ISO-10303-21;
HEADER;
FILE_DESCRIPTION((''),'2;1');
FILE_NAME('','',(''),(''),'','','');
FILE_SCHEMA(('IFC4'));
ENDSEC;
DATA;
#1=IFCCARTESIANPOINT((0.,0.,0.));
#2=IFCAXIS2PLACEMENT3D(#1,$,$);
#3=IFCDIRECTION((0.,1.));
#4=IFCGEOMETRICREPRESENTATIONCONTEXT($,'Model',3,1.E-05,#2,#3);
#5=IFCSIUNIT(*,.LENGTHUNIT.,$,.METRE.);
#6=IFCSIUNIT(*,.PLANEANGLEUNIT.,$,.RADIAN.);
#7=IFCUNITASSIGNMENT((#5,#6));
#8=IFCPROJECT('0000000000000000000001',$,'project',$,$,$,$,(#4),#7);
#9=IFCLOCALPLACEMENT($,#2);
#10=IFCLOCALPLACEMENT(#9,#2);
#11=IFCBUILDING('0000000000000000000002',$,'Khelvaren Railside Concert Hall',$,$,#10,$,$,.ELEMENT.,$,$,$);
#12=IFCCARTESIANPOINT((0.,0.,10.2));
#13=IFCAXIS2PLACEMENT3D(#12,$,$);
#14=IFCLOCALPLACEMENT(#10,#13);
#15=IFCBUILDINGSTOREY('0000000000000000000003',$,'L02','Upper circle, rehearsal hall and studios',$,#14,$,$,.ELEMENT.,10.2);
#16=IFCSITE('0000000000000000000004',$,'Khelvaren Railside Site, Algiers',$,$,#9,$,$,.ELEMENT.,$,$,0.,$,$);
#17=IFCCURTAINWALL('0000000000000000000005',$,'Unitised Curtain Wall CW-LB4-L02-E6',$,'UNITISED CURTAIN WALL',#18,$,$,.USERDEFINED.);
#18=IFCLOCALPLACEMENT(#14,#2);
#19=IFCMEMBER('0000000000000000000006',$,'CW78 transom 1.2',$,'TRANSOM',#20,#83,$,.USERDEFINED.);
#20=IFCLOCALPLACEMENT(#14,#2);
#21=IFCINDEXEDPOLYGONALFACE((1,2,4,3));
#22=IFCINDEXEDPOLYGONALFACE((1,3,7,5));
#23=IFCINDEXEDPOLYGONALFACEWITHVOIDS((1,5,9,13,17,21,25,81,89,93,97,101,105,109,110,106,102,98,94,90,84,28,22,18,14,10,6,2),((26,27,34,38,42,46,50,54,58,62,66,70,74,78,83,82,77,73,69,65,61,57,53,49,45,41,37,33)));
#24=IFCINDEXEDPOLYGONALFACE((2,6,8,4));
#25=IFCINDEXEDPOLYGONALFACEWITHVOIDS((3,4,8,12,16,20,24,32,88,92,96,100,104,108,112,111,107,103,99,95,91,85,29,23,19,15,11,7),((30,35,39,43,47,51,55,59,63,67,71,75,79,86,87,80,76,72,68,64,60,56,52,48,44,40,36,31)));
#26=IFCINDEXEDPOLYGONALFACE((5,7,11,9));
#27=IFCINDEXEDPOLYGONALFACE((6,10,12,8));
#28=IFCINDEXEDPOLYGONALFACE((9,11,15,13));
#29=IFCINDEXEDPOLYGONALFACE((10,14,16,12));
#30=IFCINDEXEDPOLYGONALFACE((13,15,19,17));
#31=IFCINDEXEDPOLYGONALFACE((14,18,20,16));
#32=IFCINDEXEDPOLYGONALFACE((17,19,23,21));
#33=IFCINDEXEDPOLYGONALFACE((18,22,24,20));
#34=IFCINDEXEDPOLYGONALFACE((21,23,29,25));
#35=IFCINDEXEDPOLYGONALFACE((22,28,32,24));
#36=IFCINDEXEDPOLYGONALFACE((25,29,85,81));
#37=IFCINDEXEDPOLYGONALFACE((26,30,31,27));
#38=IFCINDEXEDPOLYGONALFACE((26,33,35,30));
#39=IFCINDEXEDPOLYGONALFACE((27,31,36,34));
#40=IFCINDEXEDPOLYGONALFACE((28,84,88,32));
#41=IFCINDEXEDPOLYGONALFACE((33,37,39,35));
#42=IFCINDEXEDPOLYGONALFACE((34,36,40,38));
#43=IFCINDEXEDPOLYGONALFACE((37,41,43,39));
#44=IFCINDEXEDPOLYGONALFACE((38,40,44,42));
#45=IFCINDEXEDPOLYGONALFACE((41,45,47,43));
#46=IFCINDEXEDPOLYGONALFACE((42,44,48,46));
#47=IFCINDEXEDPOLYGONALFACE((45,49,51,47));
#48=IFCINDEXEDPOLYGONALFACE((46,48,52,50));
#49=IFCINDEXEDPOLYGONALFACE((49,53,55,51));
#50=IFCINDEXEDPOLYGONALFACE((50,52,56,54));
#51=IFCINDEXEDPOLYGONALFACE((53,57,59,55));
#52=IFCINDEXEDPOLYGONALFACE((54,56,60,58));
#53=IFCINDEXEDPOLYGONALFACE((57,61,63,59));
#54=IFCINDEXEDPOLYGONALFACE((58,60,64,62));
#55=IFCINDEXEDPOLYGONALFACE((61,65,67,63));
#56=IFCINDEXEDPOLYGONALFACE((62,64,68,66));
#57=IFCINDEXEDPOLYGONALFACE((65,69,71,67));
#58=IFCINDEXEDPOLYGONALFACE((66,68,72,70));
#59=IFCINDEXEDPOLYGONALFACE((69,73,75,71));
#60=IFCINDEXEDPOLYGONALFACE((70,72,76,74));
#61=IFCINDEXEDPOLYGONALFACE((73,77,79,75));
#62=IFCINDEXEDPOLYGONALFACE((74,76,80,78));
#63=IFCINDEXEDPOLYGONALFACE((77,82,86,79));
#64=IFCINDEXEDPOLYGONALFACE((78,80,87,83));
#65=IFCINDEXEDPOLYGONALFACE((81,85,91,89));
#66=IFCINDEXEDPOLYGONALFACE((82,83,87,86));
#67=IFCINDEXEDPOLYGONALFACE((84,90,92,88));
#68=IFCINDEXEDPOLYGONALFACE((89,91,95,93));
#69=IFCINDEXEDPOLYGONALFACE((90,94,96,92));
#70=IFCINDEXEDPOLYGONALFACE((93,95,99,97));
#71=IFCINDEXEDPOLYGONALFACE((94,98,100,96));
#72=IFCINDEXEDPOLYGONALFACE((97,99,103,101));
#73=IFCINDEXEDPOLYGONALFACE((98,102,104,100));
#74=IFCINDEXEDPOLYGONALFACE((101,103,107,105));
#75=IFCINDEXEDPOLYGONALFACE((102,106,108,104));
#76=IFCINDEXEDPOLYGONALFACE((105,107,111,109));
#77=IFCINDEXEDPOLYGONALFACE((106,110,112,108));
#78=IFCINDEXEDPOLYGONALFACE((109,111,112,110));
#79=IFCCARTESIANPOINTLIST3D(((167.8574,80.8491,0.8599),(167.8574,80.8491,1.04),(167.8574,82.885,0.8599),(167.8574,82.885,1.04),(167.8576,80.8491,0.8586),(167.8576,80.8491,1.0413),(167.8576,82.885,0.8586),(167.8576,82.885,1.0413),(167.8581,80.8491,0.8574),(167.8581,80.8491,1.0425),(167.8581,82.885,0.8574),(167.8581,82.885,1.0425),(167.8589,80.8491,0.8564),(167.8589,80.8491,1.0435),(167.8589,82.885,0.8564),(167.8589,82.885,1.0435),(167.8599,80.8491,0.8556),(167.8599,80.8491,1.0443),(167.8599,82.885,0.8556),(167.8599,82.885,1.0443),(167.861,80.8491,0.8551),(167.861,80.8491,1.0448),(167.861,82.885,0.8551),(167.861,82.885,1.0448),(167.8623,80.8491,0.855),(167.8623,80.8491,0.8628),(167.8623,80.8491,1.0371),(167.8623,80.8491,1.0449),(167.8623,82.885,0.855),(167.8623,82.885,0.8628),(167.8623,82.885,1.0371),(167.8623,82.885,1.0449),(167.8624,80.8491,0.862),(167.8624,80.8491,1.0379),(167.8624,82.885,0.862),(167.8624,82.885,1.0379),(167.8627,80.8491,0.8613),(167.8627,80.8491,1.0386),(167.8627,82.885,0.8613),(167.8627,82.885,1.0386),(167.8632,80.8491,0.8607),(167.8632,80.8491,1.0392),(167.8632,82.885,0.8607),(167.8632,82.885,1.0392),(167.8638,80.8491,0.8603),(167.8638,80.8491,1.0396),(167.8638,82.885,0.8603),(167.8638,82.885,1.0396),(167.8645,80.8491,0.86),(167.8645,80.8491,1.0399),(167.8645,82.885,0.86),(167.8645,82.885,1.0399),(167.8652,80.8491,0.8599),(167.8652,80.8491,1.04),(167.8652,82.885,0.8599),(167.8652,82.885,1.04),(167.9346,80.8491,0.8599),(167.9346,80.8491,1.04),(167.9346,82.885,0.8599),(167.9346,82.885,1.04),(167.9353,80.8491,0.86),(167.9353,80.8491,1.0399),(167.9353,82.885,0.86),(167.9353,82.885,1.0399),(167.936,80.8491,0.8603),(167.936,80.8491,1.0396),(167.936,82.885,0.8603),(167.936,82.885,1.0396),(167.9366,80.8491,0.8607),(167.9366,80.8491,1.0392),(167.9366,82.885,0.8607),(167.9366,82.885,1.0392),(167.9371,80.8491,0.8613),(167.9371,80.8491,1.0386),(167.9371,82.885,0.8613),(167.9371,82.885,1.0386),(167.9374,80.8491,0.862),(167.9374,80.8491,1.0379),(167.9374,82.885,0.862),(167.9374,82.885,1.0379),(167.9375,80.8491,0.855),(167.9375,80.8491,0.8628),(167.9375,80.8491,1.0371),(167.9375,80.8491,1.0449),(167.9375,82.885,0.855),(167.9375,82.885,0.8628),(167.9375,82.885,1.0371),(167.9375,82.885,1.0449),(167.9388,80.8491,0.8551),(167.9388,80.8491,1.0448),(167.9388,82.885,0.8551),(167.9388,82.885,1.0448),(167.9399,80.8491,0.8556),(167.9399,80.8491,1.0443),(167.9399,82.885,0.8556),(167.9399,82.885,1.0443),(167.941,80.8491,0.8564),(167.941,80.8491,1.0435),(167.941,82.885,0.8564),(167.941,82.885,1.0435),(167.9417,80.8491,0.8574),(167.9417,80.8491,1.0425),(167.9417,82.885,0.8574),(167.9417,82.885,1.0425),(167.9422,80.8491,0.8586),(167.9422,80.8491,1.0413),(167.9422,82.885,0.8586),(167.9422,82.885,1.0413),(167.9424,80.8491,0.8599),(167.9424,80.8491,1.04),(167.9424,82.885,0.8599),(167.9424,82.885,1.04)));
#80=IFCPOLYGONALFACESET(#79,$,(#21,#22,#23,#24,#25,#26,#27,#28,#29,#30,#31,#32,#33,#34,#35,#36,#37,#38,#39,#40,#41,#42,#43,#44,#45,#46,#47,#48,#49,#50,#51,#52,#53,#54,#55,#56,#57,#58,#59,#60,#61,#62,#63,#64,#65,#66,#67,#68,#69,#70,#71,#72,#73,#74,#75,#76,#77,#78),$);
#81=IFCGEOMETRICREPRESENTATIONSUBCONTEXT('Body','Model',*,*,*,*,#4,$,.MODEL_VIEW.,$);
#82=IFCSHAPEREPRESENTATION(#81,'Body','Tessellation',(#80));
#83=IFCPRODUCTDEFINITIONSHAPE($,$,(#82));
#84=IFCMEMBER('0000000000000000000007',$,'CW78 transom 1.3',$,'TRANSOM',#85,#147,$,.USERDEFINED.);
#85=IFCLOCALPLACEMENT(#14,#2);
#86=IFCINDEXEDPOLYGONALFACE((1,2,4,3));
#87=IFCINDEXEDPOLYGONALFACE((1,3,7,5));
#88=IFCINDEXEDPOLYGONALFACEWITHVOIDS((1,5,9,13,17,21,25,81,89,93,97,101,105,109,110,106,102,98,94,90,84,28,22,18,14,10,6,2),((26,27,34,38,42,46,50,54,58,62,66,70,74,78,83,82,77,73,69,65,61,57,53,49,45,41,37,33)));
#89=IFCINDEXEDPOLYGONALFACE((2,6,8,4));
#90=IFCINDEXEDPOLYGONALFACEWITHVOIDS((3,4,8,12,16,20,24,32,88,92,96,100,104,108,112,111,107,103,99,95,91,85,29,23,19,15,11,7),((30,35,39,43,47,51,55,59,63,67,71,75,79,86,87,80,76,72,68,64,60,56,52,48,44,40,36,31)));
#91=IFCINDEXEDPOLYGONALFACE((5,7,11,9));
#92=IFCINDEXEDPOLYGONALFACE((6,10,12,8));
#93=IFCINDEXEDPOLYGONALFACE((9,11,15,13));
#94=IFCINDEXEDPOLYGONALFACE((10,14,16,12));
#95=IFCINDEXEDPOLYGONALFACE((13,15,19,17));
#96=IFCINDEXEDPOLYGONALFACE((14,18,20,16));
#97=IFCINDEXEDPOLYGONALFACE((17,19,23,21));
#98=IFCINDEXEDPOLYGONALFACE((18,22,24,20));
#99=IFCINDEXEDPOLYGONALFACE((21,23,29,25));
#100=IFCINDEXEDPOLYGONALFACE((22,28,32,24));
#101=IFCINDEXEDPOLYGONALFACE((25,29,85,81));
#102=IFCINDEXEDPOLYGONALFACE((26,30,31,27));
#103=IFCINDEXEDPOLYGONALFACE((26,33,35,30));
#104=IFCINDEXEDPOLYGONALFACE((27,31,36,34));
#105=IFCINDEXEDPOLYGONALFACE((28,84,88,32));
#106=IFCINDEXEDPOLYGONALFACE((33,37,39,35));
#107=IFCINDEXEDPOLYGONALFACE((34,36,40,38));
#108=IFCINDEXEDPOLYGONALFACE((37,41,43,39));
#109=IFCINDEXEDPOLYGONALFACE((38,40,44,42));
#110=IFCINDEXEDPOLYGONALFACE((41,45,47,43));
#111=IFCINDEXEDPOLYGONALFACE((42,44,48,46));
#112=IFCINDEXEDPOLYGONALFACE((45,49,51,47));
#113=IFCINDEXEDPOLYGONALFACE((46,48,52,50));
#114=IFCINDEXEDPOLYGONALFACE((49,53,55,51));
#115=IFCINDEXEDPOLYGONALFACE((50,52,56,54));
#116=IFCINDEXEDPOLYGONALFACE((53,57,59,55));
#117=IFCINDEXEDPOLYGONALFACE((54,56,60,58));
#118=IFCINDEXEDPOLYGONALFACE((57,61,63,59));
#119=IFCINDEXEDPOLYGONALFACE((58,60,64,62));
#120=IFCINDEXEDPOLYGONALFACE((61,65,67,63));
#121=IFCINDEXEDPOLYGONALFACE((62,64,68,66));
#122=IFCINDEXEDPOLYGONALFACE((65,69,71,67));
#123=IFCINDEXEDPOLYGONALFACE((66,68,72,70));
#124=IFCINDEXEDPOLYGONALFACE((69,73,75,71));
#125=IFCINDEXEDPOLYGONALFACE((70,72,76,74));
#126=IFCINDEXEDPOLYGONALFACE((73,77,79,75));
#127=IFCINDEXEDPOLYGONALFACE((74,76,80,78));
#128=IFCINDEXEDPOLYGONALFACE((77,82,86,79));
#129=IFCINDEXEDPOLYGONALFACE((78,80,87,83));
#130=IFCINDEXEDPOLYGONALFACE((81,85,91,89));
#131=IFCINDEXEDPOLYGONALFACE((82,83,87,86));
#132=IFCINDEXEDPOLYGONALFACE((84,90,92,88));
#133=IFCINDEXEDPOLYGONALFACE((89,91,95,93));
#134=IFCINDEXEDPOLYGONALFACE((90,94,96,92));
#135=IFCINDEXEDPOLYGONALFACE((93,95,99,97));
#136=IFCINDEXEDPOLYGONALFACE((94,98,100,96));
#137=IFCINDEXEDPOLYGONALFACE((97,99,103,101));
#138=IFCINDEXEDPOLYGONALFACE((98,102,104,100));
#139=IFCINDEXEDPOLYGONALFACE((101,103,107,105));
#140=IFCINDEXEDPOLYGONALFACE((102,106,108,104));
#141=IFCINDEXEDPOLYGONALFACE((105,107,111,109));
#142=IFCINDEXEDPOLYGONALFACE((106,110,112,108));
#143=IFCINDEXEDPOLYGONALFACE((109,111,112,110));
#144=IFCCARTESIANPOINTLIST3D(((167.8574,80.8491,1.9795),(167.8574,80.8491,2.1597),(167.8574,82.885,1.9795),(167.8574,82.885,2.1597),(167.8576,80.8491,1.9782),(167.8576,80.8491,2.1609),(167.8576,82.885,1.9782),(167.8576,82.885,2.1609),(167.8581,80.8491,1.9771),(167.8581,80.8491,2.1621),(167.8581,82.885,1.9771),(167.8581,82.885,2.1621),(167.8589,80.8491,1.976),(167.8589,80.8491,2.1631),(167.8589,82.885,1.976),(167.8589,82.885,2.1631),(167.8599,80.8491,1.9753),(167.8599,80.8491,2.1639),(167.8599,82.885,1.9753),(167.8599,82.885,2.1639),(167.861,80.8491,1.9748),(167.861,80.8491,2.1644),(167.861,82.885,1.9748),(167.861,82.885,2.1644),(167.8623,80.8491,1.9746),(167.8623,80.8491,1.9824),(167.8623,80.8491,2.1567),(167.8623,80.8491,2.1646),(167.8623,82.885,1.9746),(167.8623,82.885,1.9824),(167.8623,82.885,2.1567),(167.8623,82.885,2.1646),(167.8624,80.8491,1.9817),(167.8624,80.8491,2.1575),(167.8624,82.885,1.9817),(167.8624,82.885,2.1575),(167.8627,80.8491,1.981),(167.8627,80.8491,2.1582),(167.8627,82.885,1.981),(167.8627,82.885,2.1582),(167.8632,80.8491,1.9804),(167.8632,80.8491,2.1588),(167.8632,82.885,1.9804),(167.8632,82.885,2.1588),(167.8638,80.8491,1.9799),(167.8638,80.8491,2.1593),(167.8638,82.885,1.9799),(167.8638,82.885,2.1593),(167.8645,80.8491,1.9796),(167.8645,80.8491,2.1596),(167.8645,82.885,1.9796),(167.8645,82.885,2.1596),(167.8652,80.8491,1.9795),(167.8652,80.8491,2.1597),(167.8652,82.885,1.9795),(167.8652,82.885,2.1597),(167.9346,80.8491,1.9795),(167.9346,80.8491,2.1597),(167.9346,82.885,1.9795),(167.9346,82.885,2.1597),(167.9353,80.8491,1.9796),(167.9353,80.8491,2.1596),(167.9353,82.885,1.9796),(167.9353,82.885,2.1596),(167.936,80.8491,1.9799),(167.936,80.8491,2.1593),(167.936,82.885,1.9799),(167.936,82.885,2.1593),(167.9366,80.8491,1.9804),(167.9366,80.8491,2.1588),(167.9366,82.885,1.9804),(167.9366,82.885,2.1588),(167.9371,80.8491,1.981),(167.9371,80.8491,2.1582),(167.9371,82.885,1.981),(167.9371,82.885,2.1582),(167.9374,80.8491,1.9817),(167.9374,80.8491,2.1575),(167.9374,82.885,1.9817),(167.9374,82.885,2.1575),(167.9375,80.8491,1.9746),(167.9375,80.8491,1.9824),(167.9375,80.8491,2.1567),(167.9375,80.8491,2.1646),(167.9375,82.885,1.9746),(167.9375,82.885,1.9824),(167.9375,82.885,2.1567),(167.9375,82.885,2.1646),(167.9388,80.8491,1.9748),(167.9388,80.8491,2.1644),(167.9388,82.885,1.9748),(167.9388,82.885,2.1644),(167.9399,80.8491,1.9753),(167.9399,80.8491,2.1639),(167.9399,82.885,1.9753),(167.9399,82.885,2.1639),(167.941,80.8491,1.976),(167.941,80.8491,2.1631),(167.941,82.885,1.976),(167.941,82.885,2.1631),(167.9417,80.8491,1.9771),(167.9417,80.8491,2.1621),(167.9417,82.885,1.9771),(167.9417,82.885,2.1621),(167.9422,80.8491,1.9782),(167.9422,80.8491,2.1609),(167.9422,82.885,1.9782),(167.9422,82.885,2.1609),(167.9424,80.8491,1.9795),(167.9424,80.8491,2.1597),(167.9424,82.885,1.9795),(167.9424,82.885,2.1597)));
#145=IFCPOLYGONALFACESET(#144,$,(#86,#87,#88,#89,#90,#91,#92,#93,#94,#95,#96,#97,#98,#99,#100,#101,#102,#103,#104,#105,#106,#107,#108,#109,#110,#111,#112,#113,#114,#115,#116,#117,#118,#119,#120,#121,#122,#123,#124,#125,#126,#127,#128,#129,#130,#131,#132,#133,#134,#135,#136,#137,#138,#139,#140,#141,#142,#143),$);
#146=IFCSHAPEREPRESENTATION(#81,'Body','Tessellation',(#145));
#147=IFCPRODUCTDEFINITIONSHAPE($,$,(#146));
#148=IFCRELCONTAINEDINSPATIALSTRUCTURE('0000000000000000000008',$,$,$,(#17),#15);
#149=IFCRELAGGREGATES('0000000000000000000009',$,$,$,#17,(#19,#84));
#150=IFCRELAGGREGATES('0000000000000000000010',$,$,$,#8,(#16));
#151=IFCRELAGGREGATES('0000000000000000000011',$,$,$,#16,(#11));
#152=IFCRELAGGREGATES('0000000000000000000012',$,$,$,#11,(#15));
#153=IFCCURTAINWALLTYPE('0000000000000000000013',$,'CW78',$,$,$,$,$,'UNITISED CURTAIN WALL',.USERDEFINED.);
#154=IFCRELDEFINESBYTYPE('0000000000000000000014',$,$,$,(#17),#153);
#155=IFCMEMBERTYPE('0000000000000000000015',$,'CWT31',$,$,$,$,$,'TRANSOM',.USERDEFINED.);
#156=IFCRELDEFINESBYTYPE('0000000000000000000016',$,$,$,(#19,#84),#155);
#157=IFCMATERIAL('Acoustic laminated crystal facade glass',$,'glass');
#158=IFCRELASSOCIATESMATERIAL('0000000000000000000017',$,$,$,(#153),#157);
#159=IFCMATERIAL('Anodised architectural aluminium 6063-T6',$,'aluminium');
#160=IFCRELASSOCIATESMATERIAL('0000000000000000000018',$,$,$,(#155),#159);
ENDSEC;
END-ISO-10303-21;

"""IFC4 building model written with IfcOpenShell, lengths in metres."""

from ifc_helpers import new_model, si_unit, direction, frame, origin, origin_2d, place, context, subcontext, project, spatial, hollow_rectangle, extrude, material, material_profile, profile_set, type_object, element, aggregate, save


model = new_model("IFC4")

# Units and contexts
model_context = context("Model", 3, precision=1e-05, world=origin(), true_north=direction((0.0, 1.0)))
body_context = subcontext(model_context, "Body", "Model", "MODEL_VIEW")
ifc_project = project(units=[si_unit("LENGTHUNIT", "METRE"), si_unit("PLANEANGLEUNIT", "RADIAN")], contexts=[model_context])

# Site, building, storey
site_placement = place(None, origin())
site = spatial("IfcSite", under=ifc_project, at=site_placement, Name="Khelvaren Railside Site, Algiers", CompositionType="ELEMENT", RefElevation=0.0)
building_placement = place(site_placement, origin())
building = spatial("IfcBuilding", under=site, at=building_placement, Name="Khelvaren Railside Concert Hall", CompositionType="ELEMENT")
storey_placement = place(building_placement, frame((0.0, 0.0, 10.2)))
storey = spatial("IfcBuildingStorey", under=building, at=storey_placement, Name="L02", Description="Upper circle, rehearsal hall and studios", CompositionType="ELEMENT", Elevation=10.2)

# Curtain wall, members
ifc_material_1 = material(Name="Acoustic laminated crystal facade glass", Category="glass")
curtain_wall_type = type_object("IfcCurtainWallType", Name="CW78", ElementType="UNITISED CURTAIN WALL", PredefinedType="USERDEFINED", material=ifc_material_1)
curtain_wall_placement = place(storey_placement, origin())
curtain_wall = element("IfcCurtainWall", 1, at=curtain_wall_placement, inside=storey, type_object=curtain_wall_type, Name="Unitised Curtain Wall CW-LB4-L02-E6", ObjectType="UNITISED CURTAIN WALL", PredefinedType="USERDEFINED")
ifc_material_2 = material(Name="Anodised architectural aluminium 6063-T6", Category="aluminium")
ifc_material_profile_1 = material_profile(ifc_material_2, hollow_rectangle(XDim=0.085, YDim=0.1899, WallThickness=0.0049, InnerFilletRadius=0.0029, OuterFilletRadius=0.0049, at=origin_2d()), Name="CWT 85x190x5")
ifc_profile_set_1 = profile_set([ifc_material_profile_1], Name="Anodised architectural aluminium 6063-T6")
member_type_1 = type_object("IfcMemberType", Name="CWT31", ElementType="TRANSOM", PredefinedType="USERDEFINED", material=ifc_profile_set_1)
member_1_placement = place(storey_placement, frame((167.8999, 82.885, 0.95), z_axis=(0.0, -1.0, 0.0), x_axis=(1.0, 0.0, 0.0)))
member_1 = element("IfcMember", 2, at=member_1_placement, type_object=member_type_1, Name="CW78 transom 1.2", ObjectType="TRANSOM", PredefinedType="USERDEFINED", context=body_context, shape_type="SweptSolid", body=[
    extrude(hollow_rectangle(XDim=0.085, YDim=0.1899, WallThickness=0.0049, InnerFilletRadius=0.0029, OuterFilletRadius=0.0049, at=origin_2d()), origin(), (0.0, 0.0, 1.0), 2.0359),
])
member_2_placement = place(storey_placement, frame((167.8999, 82.885, 2.0696), z_axis=(0.0, -1.0, 0.0), x_axis=(1.0, 0.0, 0.0)))
member_2 = element("IfcMember", 3, at=member_2_placement, type_object=member_type_1, Name="CW78 transom 1.3", ObjectType="TRANSOM", PredefinedType="USERDEFINED", context=body_context, shape_type="SweptSolid", body=[
    extrude(hollow_rectangle(XDim=0.085, YDim=0.1899, WallThickness=0.0049, InnerFilletRadius=0.0029, OuterFilletRadius=0.0049, at=origin_2d()), origin(), (0.0, 0.0, 1.0), 2.0359),
])

aggregate(curtain_wall, [member_1, member_2])

save(model, "model.ifc")
